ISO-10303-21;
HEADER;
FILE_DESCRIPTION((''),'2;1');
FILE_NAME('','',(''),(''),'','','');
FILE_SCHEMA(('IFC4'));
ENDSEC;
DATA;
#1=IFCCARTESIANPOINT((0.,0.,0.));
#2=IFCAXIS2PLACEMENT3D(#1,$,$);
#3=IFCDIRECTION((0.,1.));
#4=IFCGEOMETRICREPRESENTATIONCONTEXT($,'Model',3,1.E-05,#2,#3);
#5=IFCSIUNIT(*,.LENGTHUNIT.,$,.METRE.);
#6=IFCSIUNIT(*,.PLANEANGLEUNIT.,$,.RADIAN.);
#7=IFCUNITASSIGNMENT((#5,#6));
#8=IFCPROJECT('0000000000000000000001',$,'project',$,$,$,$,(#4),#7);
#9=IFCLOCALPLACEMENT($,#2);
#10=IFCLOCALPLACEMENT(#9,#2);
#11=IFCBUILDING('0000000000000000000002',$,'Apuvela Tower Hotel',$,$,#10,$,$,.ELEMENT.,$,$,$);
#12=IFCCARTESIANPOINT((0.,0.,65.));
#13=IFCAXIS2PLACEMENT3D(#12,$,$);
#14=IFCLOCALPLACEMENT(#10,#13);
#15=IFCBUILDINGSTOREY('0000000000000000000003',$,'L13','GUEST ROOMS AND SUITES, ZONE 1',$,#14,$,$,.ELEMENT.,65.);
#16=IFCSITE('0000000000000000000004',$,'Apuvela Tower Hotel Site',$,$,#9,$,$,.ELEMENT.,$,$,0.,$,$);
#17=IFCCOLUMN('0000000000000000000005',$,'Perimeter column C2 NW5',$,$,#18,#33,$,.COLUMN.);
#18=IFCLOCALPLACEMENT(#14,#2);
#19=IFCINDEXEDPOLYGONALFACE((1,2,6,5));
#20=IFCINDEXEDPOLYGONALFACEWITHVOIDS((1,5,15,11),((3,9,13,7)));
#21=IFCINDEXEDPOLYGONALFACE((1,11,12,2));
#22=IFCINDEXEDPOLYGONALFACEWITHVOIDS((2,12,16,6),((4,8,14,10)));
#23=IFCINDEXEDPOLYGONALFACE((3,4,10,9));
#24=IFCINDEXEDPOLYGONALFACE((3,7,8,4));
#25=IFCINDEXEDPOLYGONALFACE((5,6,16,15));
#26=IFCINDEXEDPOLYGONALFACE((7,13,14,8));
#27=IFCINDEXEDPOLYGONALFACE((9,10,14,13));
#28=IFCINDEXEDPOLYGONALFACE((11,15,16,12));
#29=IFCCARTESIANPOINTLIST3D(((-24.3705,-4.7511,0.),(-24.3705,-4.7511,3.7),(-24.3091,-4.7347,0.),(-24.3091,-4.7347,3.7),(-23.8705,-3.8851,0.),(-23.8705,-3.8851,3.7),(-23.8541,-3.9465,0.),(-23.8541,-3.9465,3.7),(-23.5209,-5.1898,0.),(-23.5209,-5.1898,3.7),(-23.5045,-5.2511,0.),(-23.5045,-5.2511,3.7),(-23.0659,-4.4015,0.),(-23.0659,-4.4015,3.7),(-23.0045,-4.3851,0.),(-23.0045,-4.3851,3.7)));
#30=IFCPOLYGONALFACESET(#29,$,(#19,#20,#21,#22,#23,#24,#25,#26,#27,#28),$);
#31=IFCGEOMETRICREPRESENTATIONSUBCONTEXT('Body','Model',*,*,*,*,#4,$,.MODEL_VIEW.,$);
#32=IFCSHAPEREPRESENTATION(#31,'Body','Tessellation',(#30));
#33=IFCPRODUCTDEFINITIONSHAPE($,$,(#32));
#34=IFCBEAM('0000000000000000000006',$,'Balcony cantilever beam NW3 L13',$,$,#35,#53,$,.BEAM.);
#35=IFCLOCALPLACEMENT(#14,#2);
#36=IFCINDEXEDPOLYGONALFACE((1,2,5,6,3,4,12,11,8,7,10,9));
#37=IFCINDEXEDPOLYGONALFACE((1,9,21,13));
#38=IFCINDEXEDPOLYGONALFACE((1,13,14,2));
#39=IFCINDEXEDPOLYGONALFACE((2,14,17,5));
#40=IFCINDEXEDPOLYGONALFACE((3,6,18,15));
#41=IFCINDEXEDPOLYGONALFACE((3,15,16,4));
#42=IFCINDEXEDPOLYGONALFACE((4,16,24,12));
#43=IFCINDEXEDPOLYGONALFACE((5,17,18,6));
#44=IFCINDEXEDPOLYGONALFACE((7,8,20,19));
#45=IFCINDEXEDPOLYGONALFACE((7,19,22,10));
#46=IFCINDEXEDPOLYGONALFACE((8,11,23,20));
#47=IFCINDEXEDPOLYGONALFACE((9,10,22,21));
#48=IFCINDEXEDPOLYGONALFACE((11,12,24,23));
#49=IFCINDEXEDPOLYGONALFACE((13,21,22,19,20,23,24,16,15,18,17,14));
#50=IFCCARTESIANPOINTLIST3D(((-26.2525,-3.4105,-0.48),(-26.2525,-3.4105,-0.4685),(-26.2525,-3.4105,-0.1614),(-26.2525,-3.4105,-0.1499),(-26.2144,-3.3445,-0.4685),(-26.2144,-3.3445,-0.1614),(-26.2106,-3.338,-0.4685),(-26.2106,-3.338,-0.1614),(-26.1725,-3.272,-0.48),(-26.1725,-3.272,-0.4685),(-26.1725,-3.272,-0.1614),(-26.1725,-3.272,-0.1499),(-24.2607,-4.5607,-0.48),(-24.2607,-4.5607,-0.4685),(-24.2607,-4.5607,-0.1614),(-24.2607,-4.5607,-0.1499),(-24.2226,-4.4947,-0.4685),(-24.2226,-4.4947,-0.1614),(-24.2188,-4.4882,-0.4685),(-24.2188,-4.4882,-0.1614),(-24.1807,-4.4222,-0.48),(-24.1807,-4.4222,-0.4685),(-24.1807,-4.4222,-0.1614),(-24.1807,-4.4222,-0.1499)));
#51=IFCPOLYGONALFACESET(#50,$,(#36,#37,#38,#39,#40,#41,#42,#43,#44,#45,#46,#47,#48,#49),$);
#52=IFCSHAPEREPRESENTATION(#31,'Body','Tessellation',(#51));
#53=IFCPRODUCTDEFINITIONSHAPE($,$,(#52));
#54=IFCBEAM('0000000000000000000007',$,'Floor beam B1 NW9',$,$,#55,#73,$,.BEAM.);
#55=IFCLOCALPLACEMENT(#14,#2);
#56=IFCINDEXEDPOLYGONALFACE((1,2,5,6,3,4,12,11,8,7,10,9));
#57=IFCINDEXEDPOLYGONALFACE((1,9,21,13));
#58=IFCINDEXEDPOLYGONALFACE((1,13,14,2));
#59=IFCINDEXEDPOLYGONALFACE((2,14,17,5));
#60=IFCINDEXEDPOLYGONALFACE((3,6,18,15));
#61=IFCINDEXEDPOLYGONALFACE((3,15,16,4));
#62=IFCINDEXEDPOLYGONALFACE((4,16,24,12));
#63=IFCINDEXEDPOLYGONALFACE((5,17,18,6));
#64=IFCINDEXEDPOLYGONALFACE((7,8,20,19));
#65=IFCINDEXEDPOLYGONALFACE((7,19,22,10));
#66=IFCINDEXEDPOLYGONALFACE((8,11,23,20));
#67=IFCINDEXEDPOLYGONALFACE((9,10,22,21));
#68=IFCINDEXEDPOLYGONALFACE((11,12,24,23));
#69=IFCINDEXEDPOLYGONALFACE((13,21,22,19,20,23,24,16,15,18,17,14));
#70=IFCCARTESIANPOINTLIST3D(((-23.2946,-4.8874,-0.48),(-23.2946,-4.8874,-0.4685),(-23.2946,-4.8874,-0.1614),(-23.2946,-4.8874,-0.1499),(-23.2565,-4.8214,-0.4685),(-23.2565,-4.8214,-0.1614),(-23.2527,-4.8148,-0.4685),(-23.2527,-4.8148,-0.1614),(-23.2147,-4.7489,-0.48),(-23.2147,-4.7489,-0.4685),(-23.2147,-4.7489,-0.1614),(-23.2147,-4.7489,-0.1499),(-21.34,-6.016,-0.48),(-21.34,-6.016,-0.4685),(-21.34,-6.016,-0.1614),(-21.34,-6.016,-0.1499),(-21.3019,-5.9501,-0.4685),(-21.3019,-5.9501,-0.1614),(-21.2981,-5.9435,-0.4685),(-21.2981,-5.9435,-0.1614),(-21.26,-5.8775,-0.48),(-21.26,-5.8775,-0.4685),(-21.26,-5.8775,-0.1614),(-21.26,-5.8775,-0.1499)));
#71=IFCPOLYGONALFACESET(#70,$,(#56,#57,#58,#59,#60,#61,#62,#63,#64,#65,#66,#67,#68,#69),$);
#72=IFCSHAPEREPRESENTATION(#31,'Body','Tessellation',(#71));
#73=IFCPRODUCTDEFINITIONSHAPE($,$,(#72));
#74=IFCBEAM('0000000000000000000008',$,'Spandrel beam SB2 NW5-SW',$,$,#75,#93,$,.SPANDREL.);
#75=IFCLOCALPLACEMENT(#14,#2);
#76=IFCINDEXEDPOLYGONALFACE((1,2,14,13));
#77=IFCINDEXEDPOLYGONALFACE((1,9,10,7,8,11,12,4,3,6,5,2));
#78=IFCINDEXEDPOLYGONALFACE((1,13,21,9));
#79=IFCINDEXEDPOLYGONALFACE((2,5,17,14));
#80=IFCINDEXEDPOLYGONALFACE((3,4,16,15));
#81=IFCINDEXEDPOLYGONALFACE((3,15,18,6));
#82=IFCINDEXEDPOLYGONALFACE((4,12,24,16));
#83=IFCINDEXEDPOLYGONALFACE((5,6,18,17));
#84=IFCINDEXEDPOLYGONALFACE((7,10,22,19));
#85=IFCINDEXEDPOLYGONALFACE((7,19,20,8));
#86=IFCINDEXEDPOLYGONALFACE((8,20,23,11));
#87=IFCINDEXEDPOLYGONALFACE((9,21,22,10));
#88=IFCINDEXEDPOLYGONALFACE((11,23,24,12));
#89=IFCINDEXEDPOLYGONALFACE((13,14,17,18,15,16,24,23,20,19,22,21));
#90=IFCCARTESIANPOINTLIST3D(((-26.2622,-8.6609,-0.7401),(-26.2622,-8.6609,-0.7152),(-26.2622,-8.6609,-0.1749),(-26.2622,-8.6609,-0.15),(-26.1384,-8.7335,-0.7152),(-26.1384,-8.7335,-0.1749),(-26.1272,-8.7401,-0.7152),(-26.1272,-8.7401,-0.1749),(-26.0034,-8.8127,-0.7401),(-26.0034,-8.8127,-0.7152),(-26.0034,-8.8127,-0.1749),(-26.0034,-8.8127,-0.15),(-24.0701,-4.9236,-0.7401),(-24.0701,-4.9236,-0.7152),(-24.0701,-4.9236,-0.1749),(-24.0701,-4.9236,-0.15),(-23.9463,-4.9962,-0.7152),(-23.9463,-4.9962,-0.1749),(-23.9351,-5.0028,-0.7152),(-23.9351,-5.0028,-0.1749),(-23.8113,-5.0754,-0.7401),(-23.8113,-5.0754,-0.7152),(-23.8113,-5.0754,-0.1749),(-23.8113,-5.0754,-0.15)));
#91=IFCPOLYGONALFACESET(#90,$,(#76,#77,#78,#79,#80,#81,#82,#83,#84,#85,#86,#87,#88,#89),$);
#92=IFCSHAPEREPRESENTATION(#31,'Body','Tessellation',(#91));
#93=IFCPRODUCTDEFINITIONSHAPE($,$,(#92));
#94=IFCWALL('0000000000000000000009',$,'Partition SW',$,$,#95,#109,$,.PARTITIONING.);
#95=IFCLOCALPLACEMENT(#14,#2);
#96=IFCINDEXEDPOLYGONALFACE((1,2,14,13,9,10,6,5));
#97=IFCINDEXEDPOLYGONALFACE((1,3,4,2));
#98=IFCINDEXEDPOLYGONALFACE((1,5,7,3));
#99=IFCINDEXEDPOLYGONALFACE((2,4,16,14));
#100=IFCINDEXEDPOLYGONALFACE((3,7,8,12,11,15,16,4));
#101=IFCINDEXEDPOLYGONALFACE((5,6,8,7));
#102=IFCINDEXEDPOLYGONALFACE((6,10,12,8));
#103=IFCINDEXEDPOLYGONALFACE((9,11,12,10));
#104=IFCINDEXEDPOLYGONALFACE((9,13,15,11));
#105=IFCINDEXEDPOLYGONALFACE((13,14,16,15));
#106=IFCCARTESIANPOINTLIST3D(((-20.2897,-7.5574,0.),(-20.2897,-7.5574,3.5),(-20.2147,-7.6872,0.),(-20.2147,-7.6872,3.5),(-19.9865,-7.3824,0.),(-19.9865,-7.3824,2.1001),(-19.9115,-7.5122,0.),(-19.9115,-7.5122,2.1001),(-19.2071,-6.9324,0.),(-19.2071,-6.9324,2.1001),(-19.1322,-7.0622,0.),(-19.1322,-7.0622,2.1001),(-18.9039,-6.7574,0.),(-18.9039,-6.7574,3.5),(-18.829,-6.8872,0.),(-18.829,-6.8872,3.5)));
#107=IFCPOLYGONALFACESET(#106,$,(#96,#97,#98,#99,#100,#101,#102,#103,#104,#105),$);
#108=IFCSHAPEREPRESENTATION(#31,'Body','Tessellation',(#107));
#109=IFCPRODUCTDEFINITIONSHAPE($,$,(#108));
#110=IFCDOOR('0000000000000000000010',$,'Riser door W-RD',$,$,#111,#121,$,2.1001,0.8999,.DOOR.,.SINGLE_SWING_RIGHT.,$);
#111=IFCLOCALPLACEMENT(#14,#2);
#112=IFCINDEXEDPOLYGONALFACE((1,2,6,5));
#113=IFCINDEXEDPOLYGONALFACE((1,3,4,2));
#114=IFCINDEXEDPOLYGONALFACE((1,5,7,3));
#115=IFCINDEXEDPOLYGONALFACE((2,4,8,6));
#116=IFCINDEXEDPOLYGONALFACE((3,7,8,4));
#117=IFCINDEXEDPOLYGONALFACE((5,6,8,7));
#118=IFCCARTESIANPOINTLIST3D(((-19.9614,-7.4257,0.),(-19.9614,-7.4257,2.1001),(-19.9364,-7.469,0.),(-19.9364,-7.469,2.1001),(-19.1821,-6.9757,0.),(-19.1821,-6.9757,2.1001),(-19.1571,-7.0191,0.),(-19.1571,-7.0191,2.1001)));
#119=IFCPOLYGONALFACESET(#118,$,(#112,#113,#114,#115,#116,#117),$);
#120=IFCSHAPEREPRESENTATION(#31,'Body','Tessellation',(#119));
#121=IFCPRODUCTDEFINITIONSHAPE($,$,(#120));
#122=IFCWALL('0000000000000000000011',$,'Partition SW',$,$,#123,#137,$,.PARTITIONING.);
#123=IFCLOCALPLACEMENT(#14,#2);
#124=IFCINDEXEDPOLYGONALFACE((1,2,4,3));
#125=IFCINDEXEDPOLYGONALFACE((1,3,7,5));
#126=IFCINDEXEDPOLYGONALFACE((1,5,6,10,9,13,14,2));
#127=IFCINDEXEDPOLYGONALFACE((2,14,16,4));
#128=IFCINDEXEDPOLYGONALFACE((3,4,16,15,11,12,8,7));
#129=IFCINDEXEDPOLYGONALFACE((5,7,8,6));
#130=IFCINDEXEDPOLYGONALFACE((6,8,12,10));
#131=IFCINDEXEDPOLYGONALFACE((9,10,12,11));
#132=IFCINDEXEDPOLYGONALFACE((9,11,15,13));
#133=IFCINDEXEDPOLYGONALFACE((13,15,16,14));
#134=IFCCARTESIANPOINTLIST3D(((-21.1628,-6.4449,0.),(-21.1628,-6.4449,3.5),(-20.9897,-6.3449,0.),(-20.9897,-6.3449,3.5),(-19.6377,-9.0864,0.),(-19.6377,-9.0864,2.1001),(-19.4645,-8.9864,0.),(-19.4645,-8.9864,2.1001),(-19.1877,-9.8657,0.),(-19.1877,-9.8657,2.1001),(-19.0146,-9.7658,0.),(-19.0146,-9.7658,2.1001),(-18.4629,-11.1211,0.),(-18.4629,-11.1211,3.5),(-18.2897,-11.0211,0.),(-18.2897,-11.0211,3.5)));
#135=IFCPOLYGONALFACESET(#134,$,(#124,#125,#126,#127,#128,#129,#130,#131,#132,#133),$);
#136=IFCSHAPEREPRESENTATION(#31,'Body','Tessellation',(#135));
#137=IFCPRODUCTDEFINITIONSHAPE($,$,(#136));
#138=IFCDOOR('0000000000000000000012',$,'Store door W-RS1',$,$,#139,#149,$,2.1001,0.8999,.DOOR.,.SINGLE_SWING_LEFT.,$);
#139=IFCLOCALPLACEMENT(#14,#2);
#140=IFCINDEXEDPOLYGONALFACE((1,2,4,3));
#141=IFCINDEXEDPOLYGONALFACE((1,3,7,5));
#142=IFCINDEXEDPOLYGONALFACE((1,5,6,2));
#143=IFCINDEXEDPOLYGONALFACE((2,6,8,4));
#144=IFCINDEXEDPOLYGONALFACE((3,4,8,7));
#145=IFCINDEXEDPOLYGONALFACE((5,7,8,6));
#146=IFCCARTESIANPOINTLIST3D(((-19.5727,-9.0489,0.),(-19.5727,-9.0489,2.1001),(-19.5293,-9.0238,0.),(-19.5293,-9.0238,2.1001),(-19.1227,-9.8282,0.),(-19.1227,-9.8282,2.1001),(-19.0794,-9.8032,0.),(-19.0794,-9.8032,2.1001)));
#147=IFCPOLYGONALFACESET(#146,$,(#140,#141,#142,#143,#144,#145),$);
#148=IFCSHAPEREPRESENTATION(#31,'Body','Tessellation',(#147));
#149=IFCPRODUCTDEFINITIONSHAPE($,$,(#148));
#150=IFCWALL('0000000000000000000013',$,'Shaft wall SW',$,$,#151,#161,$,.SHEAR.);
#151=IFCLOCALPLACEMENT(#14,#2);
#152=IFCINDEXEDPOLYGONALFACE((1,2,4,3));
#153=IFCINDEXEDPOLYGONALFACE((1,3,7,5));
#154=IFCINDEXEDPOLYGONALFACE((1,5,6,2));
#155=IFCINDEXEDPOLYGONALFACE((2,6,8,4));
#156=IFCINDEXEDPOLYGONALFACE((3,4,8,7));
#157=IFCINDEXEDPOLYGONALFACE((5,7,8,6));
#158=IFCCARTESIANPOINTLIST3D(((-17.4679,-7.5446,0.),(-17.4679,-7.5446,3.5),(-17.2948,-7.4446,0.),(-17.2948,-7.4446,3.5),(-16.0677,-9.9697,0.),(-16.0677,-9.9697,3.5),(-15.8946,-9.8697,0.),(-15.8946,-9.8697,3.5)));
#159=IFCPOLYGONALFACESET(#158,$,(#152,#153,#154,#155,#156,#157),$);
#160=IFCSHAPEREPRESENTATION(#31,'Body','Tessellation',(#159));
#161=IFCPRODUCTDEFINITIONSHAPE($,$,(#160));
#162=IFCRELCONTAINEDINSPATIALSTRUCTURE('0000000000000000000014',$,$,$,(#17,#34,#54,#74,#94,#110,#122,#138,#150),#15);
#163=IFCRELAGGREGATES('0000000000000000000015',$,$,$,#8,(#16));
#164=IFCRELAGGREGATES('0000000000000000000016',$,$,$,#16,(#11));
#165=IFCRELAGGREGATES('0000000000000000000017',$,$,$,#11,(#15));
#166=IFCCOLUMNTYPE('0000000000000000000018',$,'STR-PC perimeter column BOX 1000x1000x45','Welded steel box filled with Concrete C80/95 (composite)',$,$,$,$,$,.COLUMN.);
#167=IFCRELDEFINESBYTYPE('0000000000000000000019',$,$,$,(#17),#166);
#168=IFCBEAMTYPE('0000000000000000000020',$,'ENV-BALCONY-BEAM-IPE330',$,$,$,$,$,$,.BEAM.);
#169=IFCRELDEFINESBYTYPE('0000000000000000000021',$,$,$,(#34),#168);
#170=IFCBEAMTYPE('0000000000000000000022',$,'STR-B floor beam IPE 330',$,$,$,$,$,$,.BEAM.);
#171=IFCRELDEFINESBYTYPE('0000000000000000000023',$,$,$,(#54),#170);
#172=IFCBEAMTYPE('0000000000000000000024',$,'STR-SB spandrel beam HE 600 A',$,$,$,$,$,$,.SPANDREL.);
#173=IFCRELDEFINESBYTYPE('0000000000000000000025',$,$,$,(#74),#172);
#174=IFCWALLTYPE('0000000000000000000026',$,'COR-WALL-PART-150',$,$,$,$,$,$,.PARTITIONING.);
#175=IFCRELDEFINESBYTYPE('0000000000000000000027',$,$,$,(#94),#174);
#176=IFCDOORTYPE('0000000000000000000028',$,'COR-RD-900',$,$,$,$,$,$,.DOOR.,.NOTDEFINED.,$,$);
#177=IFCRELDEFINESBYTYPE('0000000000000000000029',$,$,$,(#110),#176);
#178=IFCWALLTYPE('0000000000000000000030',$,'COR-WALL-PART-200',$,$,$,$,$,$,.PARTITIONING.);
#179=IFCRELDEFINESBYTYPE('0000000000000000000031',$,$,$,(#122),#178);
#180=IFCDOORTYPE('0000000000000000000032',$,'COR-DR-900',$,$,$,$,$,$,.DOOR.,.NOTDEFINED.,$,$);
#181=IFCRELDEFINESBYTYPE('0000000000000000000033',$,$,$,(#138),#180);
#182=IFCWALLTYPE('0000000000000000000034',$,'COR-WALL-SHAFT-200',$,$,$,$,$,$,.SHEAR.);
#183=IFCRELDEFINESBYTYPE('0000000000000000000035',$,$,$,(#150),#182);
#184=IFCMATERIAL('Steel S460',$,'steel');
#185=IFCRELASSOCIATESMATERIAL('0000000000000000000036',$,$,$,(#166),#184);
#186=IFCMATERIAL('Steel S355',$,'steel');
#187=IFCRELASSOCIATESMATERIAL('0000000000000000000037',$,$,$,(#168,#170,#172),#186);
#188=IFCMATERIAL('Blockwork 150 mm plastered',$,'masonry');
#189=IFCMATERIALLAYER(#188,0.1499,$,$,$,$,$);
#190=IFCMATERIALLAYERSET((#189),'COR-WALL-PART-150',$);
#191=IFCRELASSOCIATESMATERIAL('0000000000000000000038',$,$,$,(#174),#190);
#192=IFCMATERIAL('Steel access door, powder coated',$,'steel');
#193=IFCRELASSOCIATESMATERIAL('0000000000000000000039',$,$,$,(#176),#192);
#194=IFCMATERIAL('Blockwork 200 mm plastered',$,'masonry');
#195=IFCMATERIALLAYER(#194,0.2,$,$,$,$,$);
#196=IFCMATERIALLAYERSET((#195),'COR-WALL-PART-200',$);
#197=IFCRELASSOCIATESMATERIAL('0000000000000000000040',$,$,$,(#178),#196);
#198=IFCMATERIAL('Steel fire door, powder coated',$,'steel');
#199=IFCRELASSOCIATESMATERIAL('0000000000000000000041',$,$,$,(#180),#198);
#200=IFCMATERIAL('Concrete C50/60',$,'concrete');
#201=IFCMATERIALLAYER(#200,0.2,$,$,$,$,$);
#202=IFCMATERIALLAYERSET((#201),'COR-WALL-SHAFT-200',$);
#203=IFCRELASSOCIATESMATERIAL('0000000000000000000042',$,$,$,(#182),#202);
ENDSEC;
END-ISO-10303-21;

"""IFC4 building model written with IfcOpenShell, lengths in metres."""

from ifc_helpers import new_model, si_unit, direction, frame, frame_2d, origin, origin_2d, place, context, subcontext, project, spatial, rectangle, hollow_rectangle, i_section, extrude, material, layer, layer_set, material_profile, profile_set, type_object, element, fill, save


model = new_model("IFC4")

# Units and contexts
model_context = context("Model", 3, precision=1e-05, world=origin(), true_north=direction((0.0, 1.0)))
body_context = subcontext(model_context, "Body", "Model", "MODEL_VIEW")
ifc_project = project(units=[si_unit("LENGTHUNIT", "METRE"), si_unit("PLANEANGLEUNIT", "RADIAN")], contexts=[model_context])

# Site, building, storey
site_placement = place(None, origin())
site = spatial("IfcSite", under=ifc_project, at=site_placement, Name="Apuvela Tower Hotel Site", CompositionType="ELEMENT", RefElevation=0.0)
building_placement = place(site_placement, origin())
building = spatial("IfcBuilding", under=site, at=building_placement, Name="Apuvela Tower Hotel", CompositionType="ELEMENT")
storey_placement = place(building_placement, frame((0.0, 0.0, 65.0)))
storey = spatial("IfcBuildingStorey", under=building, at=storey_placement, Name="L13", Description="GUEST ROOMS AND SUITES, ZONE 1", CompositionType="ELEMENT", Elevation=65.0)

# Column
ifc_material_1 = material(Name="Steel S460", Category="steel")
ifc_material_profile_1 = material_profile(ifc_material_1, hollow_rectangle(XDim=1.0, YDim=1.0, WallThickness=0.0449, at=origin_2d()), Name="BOX 1000x1000x45")
ifc_material_2 = material(Name="Concrete C80/95", Category="concrete")
ifc_material_profile_2 = material_profile(ifc_material_2, rectangle(XDim=0.9099, YDim=0.9099, at=origin_2d()), Name="Concrete C80/95 infill")
ifc_profile_set_1 = profile_set([ifc_material_profile_1, ifc_material_profile_2], Name="Steel S460")
column_type = type_object("IfcColumnType", Name="STR-PC perimeter column BOX 1000x1000x45", Description="Welded steel box filled with Concrete C80/95 (composite)", PredefinedType="COLUMN", material=ifc_profile_set_1)
column_placement = place(storey_placement, frame((-23.6875, -4.5681, 0.0), z_axis=(0.0, 0.0, 1.0), x_axis=(0.5, 0.866025, 0.0)))
element("IfcColumn", 1, at=column_placement, inside=storey, type_object=column_type, Name="Perimeter column C2 NW5", PredefinedType="COLUMN", context=body_context, shape_type="SweptSolid", body=[
    extrude(hollow_rectangle(XDim=1.0, YDim=1.0, WallThickness=0.0449, at=origin_2d()), origin(), (0.0, 0.0, 1.0), 3.7),
])

# Beams
ifc_material_3 = material(Name="Steel S355", Category="steel")
ifc_material_profile_3 = material_profile(ifc_material_3, i_section(OverallWidth=0.1599, OverallDepth=0.3301, WebThickness=0.0076, FlangeThickness=0.0115, at=origin_2d()), Name="IPE 330")
ifc_profile_set_2 = profile_set([ifc_material_profile_3], Name="Steel S355")
beam_type_1 = type_object("IfcBeamType", Name="ENV-BALCONY-BEAM-IPE330", PredefinedType="BEAM", material=ifc_profile_set_2)
beam_1_placement = place(storey_placement, frame((-24.2207, -4.4915, -0.3149), z_axis=(-0.865981, 0.500078, 0.0), x_axis=(-0.500078, -0.865981, 0.0)))
element("IfcBeam", 2, at=beam_1_placement, inside=storey, type_object=beam_type_1, Name="Balcony cantilever beam NW3 L13", PredefinedType="BEAM", context=body_context, shape_type="SweptSolid", body=[
    extrude(i_section(OverallWidth=0.1599, OverallDepth=0.3301, WebThickness=0.0076, FlangeThickness=0.0115, at=origin_2d()), origin(), (0.0, 0.0, 1.0), 2.3),
])
ifc_material_profile_4 = material_profile(ifc_material_3, i_section(OverallWidth=0.1599, OverallDepth=0.3301, WebThickness=0.0076, FlangeThickness=0.0115, at=origin_2d()), Name="IPE 330")
ifc_profile_set_3 = profile_set([ifc_material_profile_4], Name="Steel S355")
beam_type_2 = type_object("IfcBeamType", Name="STR-B floor beam IPE 330", PredefinedType="BEAM", material=ifc_profile_set_3)
beam_2_placement = place(storey_placement, frame((-23.2546, -4.8181, -0.3149), z_axis=(0.865991, -0.50006, 0.0), x_axis=(0.50006, 0.865991, 0.0)))
element("IfcBeam", 3, at=beam_2_placement, inside=storey, type_object=beam_type_2, Name="Floor beam B1 NW9", PredefinedType="BEAM", context=body_context, shape_type="SweptSolid", body=[
    extrude(i_section(OverallWidth=0.1599, OverallDepth=0.3301, WebThickness=0.0076, FlangeThickness=0.0115, at=origin_2d()), origin(), (0.0, 0.0, 1.0), 2.2571),
])
ifc_material_profile_5 = material_profile(ifc_material_3, i_section(OverallWidth=0.3, OverallDepth=0.5901, WebThickness=0.0129, FlangeThickness=0.0249, at=origin_2d()), Name="HE 600 A")
ifc_profile_set_4 = profile_set([ifc_material_profile_5], Name="Steel S355")
beam_type_3 = type_object("IfcBeamType", Name="STR-SB spandrel beam HE 600 A", PredefinedType="SPANDREL", material=ifc_profile_set_4)
beam_3_placement = place(storey_placement, frame((-23.9407, -4.9995, -0.4451), z_axis=(-0.505944, -0.862567, 0.0), x_axis=(0.862567, -0.505944, 0.0)))
element("IfcBeam", 4, at=beam_3_placement, inside=storey, type_object=beam_type_3, Name="Spandrel beam SB2 NW5-SW", PredefinedType="SPANDREL", context=body_context, shape_type="SweptSolid", body=[
    extrude(i_section(OverallWidth=0.3, OverallDepth=0.5901, WebThickness=0.0129, FlangeThickness=0.0249, at=origin_2d()), origin(), (0.0, 0.0, 1.0), 4.3328),
])

# Walls, openings, doors
ifc_material_4 = material(Name="Blockwork 150 mm plastered", Category="masonry")
ifc_layer_1 = layer(ifc_material_4, 0.1499)
ifc_layer_set_1 = layer_set([ifc_layer_1], Name="COR-WALL-PART-150")
wall_type_1 = type_object("IfcWallType", Name="COR-WALL-PART-150", PredefinedType="PARTITIONING", material=ifc_layer_set_1)
wall_1_placement = place(storey_placement, frame((-18.8665, -6.8223, 0.0), z_axis=(0.0, 0.0, 1.0), x_axis=(-0.866028, -0.499995, 0.0)))
wall_1 = element("IfcWall", 5, at=wall_1_placement, inside=storey, type_object=wall_type_1, Name="Partition SW", PredefinedType="PARTITIONING", context=body_context, shape_type="SweptSolid", body=[
    extrude(rectangle(XDim=1.6001, YDim=0.1499, at=frame_2d((0.8, 0.0))), origin(), (0.0, 0.0, 1.0), 3.5),
])
opening_1_placement = place(wall_1_placement, frame((0.3501, 0.0, 0.0)))
opening_1 = element("IfcOpeningElement", 6, at=opening_1_placement, cuts=wall_1, PredefinedType="OPENING", context=body_context, shape_type="SweptSolid", body=[
    extrude(rectangle(XDim=0.8999, YDim=2.1001, at=frame_2d((0.45, 1.05))), frame((0.0, 0.085, 0.0), z_axis=(0.0, -1.0, 0.0), x_axis=(1.0, 0.0, 0.0)), (0.0, 0.0, 1.0), 0.1699),
])
ifc_material_5 = material(Name="Steel access door, powder coated", Category="steel")
door_type_1 = type_object("IfcDoorType", Name="COR-RD-900", OperationType="NOTDEFINED", PredefinedType="DOOR", material=ifc_material_5)
door_1_placement = place(opening_1_placement, frame((0.8999, 0.0, 0.0), z_axis=(0.0, 0.0, 1.0), x_axis=(-1.0, 0.0, 0.0)))
door_1 = element("IfcDoor", 7, at=door_1_placement, inside=storey, type_object=door_type_1, Name="Riser door W-RD", OperationType="SINGLE_SWING_RIGHT", OverallHeight=2.1001, OverallWidth=0.8999, PredefinedType="DOOR", context=body_context, shape_type="SweptSolid", body=[
    extrude(rectangle(XDim=0.8999, YDim=2.1001, at=frame_2d((0.45, 1.05))), frame((0.0, 0.0249, 0.0), z_axis=(0.0, -1.0, 0.0), x_axis=(1.0, 0.0, 0.0)), (0.0, 0.0, 1.0), 0.05),
])
fill(opening_1, door_1)
ifc_material_6 = material(Name="Blockwork 200 mm plastered", Category="masonry")
ifc_layer_2 = layer(ifc_material_6, 0.2)
ifc_layer_set_2 = layer_set([ifc_layer_2], Name="COR-WALL-PART-200")
wall_type_2 = type_object("IfcWallType", Name="COR-WALL-PART-200", PredefinedType="PARTITIONING", material=ifc_layer_set_2)
wall_2_placement = place(storey_placement, frame((-21.0762, -6.395, 0.0), z_axis=(0.0, 0.0, 1.0), x_axis=(0.500015, -0.866017, 0.0)))
wall_2 = element("IfcWall", 8, at=wall_2_placement, inside=storey, type_object=wall_type_2, Name="Partition SW", PredefinedType="PARTITIONING", context=body_context, shape_type="SweptSolid", body=[
    extrude(rectangle(XDim=5.3997, YDim=0.2, at=frame_2d((2.6997, 0.0))), origin(), (0.0, 0.0, 1.0), 3.5),
])
opening_2_placement = place(wall_2_placement, frame((3.05, 0.0, 0.0)))
opening_2 = element("IfcOpeningElement", 9, at=opening_2_placement, cuts=wall_2, PredefinedType="OPENING", context=body_context, shape_type="SweptSolid", body=[
    extrude(rectangle(XDim=0.8999, YDim=2.1001, at=frame_2d((0.45, 1.05))), frame((0.0, 0.1099, 0.0), z_axis=(0.0, -1.0, 0.0), x_axis=(1.0, 0.0, 0.0)), (0.0, 0.0, 1.0), 0.22),
])
ifc_material_7 = material(Name="Steel fire door, powder coated", Category="steel")
door_type_2 = type_object("IfcDoorType", Name="COR-DR-900", OperationType="NOTDEFINED", PredefinedType="DOOR", material=ifc_material_7)
door_2_placement = place(opening_2_placement, frame((0.8999, 0.0, 0.0), z_axis=(0.0, 0.0, 1.0), x_axis=(-1.0, 0.0, 0.0)))
door_2 = element("IfcDoor", 10, at=door_2_placement, inside=storey, type_object=door_type_2, Name="Store door W-RS1", OperationType="SINGLE_SWING_LEFT", OverallHeight=2.1001, OverallWidth=0.8999, PredefinedType="DOOR", context=body_context, shape_type="SweptSolid", body=[
    extrude(rectangle(XDim=0.8999, YDim=2.1001, at=frame_2d((0.45, 1.05))), frame((0.0, 0.0249, 0.0), z_axis=(0.0, -1.0, 0.0), x_axis=(1.0, 0.0, 0.0)), (0.0, 0.0, 1.0), 0.05),
])
fill(opening_2, door_2)

# Wall
ifc_material_8 = material(Name="Concrete C50/60", Category="concrete")
ifc_layer_3 = layer(ifc_material_8, 0.2)
ifc_layer_set_3 = layer_set([ifc_layer_3], Name="COR-WALL-SHAFT-200")
wall_type_3 = type_object("IfcWallType", Name="COR-WALL-SHAFT-200", PredefinedType="SHEAR", material=ifc_layer_set_3)
wall_3_placement = place(storey_placement, frame((-17.3813, -7.4946, 0.0), z_axis=(0.0, 0.0, 1.0), x_axis=(0.500012, -0.866019, 0.0)))
element("IfcWall", 11, at=wall_3_placement, inside=storey, type_object=wall_type_3, Name="Shaft wall SW", PredefinedType="SHEAR", context=body_context, shape_type="SweptSolid", body=[
    extrude(rectangle(XDim=2.8003, YDim=0.2, at=frame_2d((1.4001, 0.0))), origin(), (0.0, 0.0, 1.0), 3.5),
])

save(model, "model.ifc")
